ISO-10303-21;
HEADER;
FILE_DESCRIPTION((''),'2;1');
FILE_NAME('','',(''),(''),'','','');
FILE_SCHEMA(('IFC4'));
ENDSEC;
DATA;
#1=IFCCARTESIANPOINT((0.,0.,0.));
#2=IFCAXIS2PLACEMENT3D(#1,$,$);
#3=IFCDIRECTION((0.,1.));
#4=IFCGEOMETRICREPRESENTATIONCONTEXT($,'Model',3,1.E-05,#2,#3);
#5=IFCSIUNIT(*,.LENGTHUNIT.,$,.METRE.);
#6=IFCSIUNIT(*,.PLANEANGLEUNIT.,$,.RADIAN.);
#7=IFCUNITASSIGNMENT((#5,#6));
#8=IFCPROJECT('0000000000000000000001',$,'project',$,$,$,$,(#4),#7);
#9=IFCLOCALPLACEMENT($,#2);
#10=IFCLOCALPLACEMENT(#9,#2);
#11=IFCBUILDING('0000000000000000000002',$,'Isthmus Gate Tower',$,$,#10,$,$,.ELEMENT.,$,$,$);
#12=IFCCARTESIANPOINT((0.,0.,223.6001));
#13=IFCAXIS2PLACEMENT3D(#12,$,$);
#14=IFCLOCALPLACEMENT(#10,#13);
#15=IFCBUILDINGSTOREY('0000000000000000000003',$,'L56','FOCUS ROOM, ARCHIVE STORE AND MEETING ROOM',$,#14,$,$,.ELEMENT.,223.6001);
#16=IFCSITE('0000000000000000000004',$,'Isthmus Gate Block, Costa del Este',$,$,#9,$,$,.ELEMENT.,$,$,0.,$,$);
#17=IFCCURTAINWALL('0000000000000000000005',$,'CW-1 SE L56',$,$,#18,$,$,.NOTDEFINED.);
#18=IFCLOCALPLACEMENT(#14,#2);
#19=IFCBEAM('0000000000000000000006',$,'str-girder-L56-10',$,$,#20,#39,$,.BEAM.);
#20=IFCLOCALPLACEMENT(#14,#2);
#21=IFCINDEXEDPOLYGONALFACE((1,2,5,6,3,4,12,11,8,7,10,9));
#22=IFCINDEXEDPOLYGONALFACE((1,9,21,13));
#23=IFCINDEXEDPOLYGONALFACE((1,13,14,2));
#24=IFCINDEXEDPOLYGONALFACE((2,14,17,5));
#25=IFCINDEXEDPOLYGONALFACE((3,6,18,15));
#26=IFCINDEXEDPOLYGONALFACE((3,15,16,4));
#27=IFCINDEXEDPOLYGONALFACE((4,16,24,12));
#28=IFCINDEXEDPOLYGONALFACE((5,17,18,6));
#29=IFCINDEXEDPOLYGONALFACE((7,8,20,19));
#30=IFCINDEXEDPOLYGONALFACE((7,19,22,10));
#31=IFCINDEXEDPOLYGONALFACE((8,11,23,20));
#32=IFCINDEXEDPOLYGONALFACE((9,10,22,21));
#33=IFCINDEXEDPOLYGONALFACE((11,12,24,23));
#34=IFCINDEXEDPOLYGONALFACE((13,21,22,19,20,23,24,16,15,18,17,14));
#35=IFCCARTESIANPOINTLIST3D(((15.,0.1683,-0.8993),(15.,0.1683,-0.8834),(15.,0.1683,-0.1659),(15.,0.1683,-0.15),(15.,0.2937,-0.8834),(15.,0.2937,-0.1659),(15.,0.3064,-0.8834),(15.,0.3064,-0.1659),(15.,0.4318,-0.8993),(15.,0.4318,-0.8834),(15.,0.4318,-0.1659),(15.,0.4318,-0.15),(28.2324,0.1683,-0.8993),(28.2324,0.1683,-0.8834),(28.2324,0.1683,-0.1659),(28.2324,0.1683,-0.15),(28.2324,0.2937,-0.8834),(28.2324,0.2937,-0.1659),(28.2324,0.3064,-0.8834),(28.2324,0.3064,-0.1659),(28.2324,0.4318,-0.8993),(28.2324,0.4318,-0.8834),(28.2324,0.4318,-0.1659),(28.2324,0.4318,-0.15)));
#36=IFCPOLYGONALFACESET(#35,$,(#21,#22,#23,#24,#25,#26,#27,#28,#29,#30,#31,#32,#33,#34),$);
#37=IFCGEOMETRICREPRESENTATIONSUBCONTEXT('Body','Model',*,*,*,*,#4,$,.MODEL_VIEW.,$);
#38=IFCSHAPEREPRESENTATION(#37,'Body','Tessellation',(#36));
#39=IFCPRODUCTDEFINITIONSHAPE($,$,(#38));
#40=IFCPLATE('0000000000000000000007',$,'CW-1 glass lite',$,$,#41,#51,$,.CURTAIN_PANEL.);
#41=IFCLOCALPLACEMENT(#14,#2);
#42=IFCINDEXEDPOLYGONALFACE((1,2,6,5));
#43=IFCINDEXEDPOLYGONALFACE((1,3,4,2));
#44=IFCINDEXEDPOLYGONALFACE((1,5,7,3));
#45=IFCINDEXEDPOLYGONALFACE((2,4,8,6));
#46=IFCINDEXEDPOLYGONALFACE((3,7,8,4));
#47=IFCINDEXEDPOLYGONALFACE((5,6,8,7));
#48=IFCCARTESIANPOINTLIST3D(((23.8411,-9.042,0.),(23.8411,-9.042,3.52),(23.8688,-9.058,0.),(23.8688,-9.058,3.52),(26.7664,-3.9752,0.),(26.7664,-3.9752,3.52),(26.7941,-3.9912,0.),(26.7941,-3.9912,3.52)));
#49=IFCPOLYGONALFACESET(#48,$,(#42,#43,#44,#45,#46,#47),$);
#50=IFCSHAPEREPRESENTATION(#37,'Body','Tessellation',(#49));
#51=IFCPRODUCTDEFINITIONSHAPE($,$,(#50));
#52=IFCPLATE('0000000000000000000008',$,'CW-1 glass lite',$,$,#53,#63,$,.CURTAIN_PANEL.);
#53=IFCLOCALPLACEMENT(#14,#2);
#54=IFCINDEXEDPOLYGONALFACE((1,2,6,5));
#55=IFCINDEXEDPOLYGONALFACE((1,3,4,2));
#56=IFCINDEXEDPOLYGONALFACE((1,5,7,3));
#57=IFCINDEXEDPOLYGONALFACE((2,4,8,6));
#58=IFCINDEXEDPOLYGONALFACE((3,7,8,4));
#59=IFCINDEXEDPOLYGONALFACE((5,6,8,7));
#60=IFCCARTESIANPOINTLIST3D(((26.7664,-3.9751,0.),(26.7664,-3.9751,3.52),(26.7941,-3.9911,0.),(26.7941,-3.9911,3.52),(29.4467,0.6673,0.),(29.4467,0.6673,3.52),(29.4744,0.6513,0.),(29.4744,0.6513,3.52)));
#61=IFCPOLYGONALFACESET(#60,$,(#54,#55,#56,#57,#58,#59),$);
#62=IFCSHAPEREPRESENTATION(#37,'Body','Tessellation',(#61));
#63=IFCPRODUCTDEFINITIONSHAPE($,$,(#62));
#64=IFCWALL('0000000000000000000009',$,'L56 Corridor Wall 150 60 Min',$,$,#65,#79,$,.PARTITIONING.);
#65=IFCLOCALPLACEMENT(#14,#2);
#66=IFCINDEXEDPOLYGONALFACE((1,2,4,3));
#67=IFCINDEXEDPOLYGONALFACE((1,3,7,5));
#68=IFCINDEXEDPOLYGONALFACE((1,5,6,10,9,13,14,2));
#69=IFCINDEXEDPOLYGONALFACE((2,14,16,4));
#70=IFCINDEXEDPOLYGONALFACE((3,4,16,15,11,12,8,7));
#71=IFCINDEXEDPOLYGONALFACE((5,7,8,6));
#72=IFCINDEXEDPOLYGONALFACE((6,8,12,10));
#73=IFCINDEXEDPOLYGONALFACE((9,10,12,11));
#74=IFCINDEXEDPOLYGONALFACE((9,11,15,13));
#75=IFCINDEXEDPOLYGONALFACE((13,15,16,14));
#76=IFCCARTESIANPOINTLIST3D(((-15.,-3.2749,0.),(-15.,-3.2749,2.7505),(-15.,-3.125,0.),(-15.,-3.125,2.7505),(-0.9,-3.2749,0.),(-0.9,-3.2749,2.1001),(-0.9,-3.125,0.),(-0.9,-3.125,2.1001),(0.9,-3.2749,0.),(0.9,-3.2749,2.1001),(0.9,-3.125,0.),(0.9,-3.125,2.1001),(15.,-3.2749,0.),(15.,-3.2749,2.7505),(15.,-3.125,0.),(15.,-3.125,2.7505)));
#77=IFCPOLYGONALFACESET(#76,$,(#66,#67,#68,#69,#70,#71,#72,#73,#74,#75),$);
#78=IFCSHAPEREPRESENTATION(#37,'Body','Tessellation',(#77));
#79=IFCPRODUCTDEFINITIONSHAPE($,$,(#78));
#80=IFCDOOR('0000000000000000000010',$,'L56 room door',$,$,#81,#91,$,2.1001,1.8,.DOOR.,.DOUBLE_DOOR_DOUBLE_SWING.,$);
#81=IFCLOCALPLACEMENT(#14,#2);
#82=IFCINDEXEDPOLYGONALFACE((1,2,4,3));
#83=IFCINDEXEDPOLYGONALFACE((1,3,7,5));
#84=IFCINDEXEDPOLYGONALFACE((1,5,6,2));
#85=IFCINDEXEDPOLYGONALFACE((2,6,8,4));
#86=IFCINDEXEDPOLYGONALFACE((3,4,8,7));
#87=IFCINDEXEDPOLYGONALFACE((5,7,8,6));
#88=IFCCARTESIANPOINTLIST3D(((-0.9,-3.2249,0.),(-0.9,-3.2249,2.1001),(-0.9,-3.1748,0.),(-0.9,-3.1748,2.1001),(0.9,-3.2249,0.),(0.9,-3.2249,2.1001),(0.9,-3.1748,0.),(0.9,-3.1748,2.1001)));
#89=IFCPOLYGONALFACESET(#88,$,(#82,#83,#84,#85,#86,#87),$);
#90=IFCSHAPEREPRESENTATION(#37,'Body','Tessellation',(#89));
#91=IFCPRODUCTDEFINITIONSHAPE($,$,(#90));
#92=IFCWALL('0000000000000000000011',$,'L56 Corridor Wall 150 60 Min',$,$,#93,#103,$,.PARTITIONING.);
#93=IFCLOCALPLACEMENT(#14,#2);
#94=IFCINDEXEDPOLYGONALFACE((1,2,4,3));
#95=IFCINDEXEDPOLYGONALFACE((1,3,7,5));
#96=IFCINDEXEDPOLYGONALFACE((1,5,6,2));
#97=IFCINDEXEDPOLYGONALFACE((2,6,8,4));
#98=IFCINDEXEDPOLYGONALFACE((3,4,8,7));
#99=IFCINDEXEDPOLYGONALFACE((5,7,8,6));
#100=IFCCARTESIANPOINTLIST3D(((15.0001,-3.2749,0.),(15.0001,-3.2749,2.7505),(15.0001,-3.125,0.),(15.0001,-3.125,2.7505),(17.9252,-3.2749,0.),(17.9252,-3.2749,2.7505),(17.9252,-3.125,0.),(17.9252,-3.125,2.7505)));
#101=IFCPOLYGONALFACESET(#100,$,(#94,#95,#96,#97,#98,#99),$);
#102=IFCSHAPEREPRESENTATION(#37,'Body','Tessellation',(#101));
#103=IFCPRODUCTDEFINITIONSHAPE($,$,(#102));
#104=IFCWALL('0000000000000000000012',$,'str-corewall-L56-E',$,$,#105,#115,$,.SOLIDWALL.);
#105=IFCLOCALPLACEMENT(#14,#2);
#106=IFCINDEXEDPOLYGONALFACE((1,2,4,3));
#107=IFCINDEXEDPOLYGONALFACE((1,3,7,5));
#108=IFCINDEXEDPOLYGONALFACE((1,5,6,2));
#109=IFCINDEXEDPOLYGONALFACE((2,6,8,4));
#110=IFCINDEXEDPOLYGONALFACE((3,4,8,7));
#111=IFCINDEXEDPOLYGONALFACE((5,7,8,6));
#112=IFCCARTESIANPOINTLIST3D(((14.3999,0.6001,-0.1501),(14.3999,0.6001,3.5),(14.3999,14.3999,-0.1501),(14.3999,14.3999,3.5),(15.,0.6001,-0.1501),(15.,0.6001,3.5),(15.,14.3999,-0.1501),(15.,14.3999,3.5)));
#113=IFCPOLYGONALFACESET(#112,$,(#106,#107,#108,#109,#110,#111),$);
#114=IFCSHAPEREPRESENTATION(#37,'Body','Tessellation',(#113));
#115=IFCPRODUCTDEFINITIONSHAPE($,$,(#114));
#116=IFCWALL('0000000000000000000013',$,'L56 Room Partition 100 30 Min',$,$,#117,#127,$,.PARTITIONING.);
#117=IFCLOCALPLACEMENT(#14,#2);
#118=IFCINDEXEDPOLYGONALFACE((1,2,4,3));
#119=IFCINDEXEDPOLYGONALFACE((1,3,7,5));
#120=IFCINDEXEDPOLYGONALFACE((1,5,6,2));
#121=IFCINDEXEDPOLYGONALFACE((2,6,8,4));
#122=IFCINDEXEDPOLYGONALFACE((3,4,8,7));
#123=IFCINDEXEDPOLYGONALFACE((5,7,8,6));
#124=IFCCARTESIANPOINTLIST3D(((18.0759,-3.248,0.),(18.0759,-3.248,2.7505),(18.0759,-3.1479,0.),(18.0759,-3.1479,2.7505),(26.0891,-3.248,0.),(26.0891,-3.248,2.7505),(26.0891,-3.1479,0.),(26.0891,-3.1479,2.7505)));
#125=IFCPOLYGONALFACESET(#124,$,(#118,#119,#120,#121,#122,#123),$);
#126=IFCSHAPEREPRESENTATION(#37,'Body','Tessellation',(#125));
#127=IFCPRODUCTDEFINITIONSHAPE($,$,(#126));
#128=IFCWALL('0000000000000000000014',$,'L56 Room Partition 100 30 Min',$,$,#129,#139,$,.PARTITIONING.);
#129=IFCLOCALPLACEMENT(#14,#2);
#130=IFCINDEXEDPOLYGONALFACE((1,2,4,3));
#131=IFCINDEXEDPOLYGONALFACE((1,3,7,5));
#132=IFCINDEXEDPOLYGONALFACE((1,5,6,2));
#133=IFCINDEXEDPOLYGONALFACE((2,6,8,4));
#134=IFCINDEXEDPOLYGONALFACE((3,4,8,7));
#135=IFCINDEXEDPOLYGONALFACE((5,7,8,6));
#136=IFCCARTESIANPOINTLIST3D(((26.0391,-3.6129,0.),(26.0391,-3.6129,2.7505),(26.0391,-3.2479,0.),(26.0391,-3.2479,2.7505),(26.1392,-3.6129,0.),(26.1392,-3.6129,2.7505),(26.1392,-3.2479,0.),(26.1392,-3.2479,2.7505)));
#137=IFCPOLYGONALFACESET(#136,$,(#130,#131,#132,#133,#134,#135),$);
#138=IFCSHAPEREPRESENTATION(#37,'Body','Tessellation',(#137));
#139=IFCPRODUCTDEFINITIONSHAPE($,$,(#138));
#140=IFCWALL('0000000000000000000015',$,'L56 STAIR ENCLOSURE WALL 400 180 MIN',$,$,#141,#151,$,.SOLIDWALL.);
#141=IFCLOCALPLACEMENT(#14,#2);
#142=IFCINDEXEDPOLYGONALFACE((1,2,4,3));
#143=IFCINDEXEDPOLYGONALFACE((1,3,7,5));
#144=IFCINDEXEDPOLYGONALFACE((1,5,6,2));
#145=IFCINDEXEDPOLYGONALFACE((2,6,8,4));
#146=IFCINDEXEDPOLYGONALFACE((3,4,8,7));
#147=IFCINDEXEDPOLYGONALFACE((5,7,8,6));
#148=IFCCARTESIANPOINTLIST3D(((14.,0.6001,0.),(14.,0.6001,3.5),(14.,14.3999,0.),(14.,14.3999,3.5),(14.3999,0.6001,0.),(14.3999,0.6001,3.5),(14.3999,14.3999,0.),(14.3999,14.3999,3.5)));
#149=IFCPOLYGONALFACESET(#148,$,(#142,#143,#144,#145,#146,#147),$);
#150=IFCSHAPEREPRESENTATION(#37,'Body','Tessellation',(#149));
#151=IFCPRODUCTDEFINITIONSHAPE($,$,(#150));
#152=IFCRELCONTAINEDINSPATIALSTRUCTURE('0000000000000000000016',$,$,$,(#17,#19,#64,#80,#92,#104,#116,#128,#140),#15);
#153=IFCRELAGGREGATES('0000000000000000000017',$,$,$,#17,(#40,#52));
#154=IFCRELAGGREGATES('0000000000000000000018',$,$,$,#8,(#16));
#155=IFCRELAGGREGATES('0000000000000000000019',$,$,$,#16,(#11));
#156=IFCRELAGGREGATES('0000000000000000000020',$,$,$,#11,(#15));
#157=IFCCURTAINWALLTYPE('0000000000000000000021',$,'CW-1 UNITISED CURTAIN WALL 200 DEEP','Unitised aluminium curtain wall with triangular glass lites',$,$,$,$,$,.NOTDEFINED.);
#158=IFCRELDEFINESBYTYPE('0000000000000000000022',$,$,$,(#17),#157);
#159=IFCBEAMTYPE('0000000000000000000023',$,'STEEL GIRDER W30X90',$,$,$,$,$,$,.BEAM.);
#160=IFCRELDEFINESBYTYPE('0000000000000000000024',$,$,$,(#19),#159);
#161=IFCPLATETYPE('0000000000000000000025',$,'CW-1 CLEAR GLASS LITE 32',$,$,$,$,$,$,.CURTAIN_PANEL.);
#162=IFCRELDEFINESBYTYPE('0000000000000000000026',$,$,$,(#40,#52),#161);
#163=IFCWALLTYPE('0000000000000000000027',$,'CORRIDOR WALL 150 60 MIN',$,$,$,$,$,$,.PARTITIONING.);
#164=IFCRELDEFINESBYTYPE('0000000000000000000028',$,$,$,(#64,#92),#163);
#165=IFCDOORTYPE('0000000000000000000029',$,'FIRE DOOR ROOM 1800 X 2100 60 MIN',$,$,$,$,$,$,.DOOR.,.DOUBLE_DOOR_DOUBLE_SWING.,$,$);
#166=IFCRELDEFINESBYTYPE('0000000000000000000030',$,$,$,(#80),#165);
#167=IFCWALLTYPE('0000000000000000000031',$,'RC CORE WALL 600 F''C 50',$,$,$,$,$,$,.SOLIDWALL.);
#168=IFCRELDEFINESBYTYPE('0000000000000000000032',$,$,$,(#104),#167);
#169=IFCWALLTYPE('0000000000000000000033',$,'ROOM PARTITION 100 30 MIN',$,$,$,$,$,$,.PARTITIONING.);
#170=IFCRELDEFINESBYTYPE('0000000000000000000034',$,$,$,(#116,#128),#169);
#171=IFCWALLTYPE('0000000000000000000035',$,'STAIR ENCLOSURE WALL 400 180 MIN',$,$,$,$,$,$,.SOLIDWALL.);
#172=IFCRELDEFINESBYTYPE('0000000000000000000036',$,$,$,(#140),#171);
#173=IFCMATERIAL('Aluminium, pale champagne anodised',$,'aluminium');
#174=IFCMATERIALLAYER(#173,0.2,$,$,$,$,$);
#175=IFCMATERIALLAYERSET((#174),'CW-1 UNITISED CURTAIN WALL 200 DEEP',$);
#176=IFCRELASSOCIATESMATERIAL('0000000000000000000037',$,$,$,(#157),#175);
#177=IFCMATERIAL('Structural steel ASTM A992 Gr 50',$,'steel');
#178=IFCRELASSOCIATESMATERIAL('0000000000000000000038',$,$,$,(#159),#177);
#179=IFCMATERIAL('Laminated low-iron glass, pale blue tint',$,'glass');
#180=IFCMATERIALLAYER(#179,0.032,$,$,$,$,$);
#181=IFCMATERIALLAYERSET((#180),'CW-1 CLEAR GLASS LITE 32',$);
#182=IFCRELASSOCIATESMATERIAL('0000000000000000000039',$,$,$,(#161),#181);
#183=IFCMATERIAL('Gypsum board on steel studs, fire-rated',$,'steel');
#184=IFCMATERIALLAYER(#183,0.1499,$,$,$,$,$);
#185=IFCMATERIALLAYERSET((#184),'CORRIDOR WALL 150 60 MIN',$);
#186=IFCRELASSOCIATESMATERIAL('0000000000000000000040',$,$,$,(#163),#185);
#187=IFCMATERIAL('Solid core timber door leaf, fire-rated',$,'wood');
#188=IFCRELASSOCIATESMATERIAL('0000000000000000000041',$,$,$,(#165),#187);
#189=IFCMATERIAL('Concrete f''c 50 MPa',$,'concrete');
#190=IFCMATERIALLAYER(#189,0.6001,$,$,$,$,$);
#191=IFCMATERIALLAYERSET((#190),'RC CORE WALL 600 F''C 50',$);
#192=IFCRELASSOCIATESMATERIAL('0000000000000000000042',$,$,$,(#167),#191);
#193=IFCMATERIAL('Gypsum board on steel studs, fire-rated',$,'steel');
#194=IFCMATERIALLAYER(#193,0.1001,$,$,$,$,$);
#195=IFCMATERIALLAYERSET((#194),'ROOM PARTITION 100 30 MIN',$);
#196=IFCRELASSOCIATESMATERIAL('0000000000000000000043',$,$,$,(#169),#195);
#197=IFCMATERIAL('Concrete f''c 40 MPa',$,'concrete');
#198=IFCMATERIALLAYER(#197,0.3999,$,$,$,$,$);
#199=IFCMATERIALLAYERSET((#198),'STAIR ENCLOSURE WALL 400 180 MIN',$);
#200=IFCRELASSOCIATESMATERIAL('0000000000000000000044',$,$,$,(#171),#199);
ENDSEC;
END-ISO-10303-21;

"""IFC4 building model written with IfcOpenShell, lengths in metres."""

from ifc_helpers import new_model, si_unit, direction, frame, frame_2d, origin, origin_2d, place, context, subcontext, project, spatial, rectangle, i_section, extrude, material, layer, layer_set, material_profile, profile_set, type_object, element, fill, aggregate, save


model = new_model("IFC4")

# Units and contexts
model_context = context("Model", 3, precision=1e-05, world=origin(), true_north=direction((0.0, 1.0)))
body_context = subcontext(model_context, "Body", "Model", "MODEL_VIEW")
ifc_project = project(units=[si_unit("LENGTHUNIT", "METRE"), si_unit("PLANEANGLEUNIT", "RADIAN")], contexts=[model_context])

# Site, building, storey
site_placement = place(None, origin())
site = spatial("IfcSite", under=ifc_project, at=site_placement, Name="Isthmus Gate Block, Costa del Este", CompositionType="ELEMENT", RefElevation=0.0)
building_placement = place(site_placement, origin())
building = spatial("IfcBuilding", under=site, at=building_placement, Name="Isthmus Gate Tower", CompositionType="ELEMENT")
storey_placement = place(building_placement, frame((0.0, 0.0, 223.6001)))
storey = spatial("IfcBuildingStorey", under=building, at=storey_placement, Name="L56", Description="FOCUS ROOM, ARCHIVE STORE AND MEETING ROOM", CompositionType="ELEMENT", Elevation=223.6001)

# Shared definitions
ifc_material_1 = material(Name="Aluminium, pale champagne anodised", Category="aluminium")
ifc_layer_1 = layer(ifc_material_1, 0.2)
ifc_layer_set_1 = layer_set([ifc_layer_1], Name="CW-1 UNITISED CURTAIN WALL 200 DEEP")
curtain_wall_type = type_object("IfcCurtainWallType", Name="CW-1 UNITISED CURTAIN WALL 200 DEEP", Description="Unitised aluminium curtain wall with triangular glass lites", PredefinedType="NOTDEFINED", material=ifc_layer_set_1)

# Curtain wall
curtain_wall_1_placement = place(storey_placement, origin())
curtain_wall_1 = element("IfcCurtainWall", 1, at=curtain_wall_1_placement, inside=storey, type_object=curtain_wall_type, Name="CW-1 SE L56", PredefinedType="NOTDEFINED")

# Beam
ifc_material_2 = material(Name="Structural steel ASTM A992 Gr 50", Category="steel")
ifc_material_profile_1 = material_profile(ifc_material_2, i_section(OverallWidth=0.2634, OverallDepth=0.7493, WebThickness=0.0127, FlangeThickness=0.0159, at=origin_2d()), Name="W30X90")
ifc_profile_set_1 = profile_set([ifc_material_profile_1], Name="Structural steel ASTM A992 Gr 50")
beam_type_1 = type_object("IfcBeamType", Name="STEEL GIRDER W30X90", PredefinedType="BEAM", material=ifc_profile_set_1)
beam_1_placement = place(storey_placement, frame((15.0, 0.3, -0.5247), z_axis=(1.0, 0.0, 0.0), x_axis=(0.0, 1.0, 0.0)))
element("IfcBeam", 2, at=beam_1_placement, inside=storey, type_object=beam_type_1, Name="str-girder-L56-10", PredefinedType="BEAM", context=body_context, shape_type="SweptSolid", body=[
    extrude(i_section(OverallWidth=0.2634, OverallDepth=0.7493, WebThickness=0.0127, FlangeThickness=0.0159, at=origin_2d()), origin(), (0.0, 0.0, 1.0), 13.2324),
])

# Plates
ifc_material_3 = material(Name="Laminated low-iron glass, pale blue tint", Category="glass")
ifc_layer_2 = layer(ifc_material_3, 0.032)
ifc_layer_set_2 = layer_set([ifc_layer_2], Name="CW-1 CLEAR GLASS LITE 32")
plate_type = type_object("IfcPlateType", Name="CW-1 CLEAR GLASS LITE 32", PredefinedType="CURTAIN_PANEL", material=ifc_layer_set_2)
plate_1_placement = place(storey_placement, frame((25.3176, -6.5166, 0.0), z_axis=(0.0, 0.0, 1.0), x_axis=(0.5, 0.866025, 0.0)))
plate_1 = element("IfcPlate", 3, at=plate_1_placement, type_object=plate_type, Name="CW-1 glass lite", PredefinedType="CURTAIN_PANEL", context=body_context, shape_type="SweptSolid", body=[
    extrude(rectangle(XDim=5.8506, YDim=0.032, at=origin_2d()), origin(), (0.0, 0.0, 1.0), 3.52),
])
plate_2_placement = place(storey_placement, frame((28.1204, -1.6619, 0.0), z_axis=(0.0, 0.0, 1.0), x_axis=(0.5, 0.866025, 0.0)))
plate_2 = element("IfcPlate", 4, at=plate_2_placement, type_object=plate_type, Name="CW-1 glass lite", PredefinedType="CURTAIN_PANEL", context=body_context, shape_type="SweptSolid", body=[
    extrude(rectangle(XDim=5.3606, YDim=0.032, at=origin_2d()), origin(), (0.0, 0.0, 1.0), 3.52),
])
aggregate(curtain_wall_1, [plate_1, plate_2])

# Wall, opening, door
ifc_material_4 = material(Name="Gypsum board on steel studs, fire-rated", Category="steel")
ifc_layer_3 = layer(ifc_material_4, 0.1499)
ifc_layer_set_3 = layer_set([ifc_layer_3], Name="CORRIDOR WALL 150 60 MIN")
wall_type_1 = type_object("IfcWallType", Name="CORRIDOR WALL 150 60 MIN", PredefinedType="PARTITIONING", material=ifc_layer_set_3)
wall_1_placement = place(storey_placement, frame((15.0, -3.2, 0.0), z_axis=(0.0, 0.0, 1.0), x_axis=(-1.0, 0.0, 0.0)))
wall_1 = element("IfcWall", 5, at=wall_1_placement, inside=storey, type_object=wall_type_1, Name="L56 Corridor Wall 150 60 Min", PredefinedType="PARTITIONING", context=body_context, shape_type="SweptSolid", body=[
    extrude(rectangle(XDim=30.0, YDim=0.1499, at=frame_2d((15.0, 0.0))), origin(), (0.0, 0.0, 1.0), 2.7505),
])
opening_placement = place(wall_1_placement, frame((14.1001, 0.0, 0.0)))
opening = element("IfcOpeningElement", 6, at=opening_placement, cuts=wall_1, PredefinedType="OPENING", context=body_context, shape_type="SweptSolid", body=[
    extrude(rectangle(XDim=1.8, YDim=2.1001, at=frame_2d((0.8999, 1.05))), frame((0.0, 0.085, 0.0), z_axis=(0.0, -1.0, 0.0), x_axis=(1.0, 0.0, 0.0)), (0.0, 0.0, 1.0), 0.1699),
])
ifc_material_5 = material(Name="Solid core timber door leaf, fire-rated", Category="wood")
door_type = type_object("IfcDoorType", Name="FIRE DOOR ROOM 1800 X 2100 60 MIN", OperationType="DOUBLE_DOOR_DOUBLE_SWING", PredefinedType="DOOR", material=ifc_material_5)
door_placement = place(opening_placement, origin())
door = element("IfcDoor", 7, at=door_placement, inside=storey, type_object=door_type, Name="L56 room door", OperationType="DOUBLE_DOOR_DOUBLE_SWING", OverallHeight=2.1001, OverallWidth=1.8, PredefinedType="DOOR", context=body_context, shape_type="SweptSolid", body=[
    extrude(rectangle(XDim=1.8, YDim=2.1001, at=frame_2d((0.8999, 1.05))), frame((0.0, 0.0249, 0.0), z_axis=(0.0, -1.0, 0.0), x_axis=(1.0, 0.0, 0.0)), (0.0, 0.0, 1.0), 0.05),
])
fill(opening, door)

# Walls
wall_2_placement = place(storey_placement, frame((17.925, -3.2, 0.0), z_axis=(0.0, 0.0, 1.0), x_axis=(-1.0, 0.0, 0.0)))
element("IfcWall", 8, at=wall_2_placement, inside=storey, type_object=wall_type_1, Name="L56 Corridor Wall 150 60 Min", PredefinedType="PARTITIONING", context=body_context, shape_type="SweptSolid", body=[
    extrude(rectangle(XDim=2.925, YDim=0.1499, at=frame_2d((1.4624, 0.0))), origin(), (0.0, 0.0, 1.0), 2.7505),
])
ifc_material_6 = material(Name="Concrete f'c 50 MPa", Category="concrete")
ifc_layer_4 = layer(ifc_material_6, 0.6001)
ifc_layer_set_4 = layer_set([ifc_layer_4], Name="RC CORE WALL 600 F'C 50")
wall_type_2 = type_object("IfcWallType", Name="RC CORE WALL 600 F'C 50", PredefinedType="SOLIDWALL", material=ifc_layer_set_4)
wall_3_placement = place(storey_placement, frame((14.7, 0.6001, -0.1501), z_axis=(0.0, 0.0, 1.0), x_axis=(0.0, 1.0, 0.0)))
element("IfcWall", 9, at=wall_3_placement, inside=storey, type_object=wall_type_2, Name="str-corewall-L56-E", PredefinedType="SOLIDWALL", context=body_context, shape_type="SweptSolid", body=[
    extrude(rectangle(XDim=13.7998, YDim=0.6001, at=frame_2d((6.8999, 0.0))), origin(), (0.0, 0.0, 1.0), 3.6501),
])
ifc_material_7 = material(Name="Gypsum board on steel studs, fire-rated", Category="steel")
ifc_layer_5 = layer(ifc_material_7, 0.1001)
ifc_layer_set_5 = layer_set([ifc_layer_5], Name="ROOM PARTITION 100 30 MIN")
wall_type_3 = type_object("IfcWallType", Name="ROOM PARTITION 100 30 MIN", PredefinedType="PARTITIONING", material=ifc_layer_set_5)
wall_4_placement = place(storey_placement, frame((18.0759, -3.198, 0.0), z_axis=(0.0, 0.0, 1.0), x_axis=(1.0, 0.0, 0.0)))
element("IfcWall", 10, at=wall_4_placement, inside=storey, type_object=wall_type_3, Name="L56 Room Partition 100 30 Min", PredefinedType="PARTITIONING", context=body_context, shape_type="SweptSolid", body=[
    extrude(rectangle(XDim=8.0132, YDim=0.1001, at=frame_2d((4.0066, 0.0))), origin(), (0.0, 0.0, 1.0), 2.7505),
])
wall_5_placement = place(storey_placement, frame((26.0891, -3.613, 0.0), z_axis=(0.0, 0.0, 1.0), x_axis=(0.0, 1.0, 0.0)))
element("IfcWall", 11, at=wall_5_placement, inside=storey, type_object=wall_type_3, Name="L56 Room Partition 100 30 Min", PredefinedType="PARTITIONING", context=body_context, shape_type="SweptSolid", body=[
    extrude(rectangle(XDim=0.365, YDim=0.1001, at=frame_2d((0.1826, 0.0))), origin(), (0.0, 0.0, 1.0), 2.7505),
])
ifc_material_8 = material(Name="Concrete f'c 40 MPa", Category="concrete")
ifc_layer_6 = layer(ifc_material_8, 0.3999)
ifc_layer_set_6 = layer_set([ifc_layer_6], Name="STAIR ENCLOSURE WALL 400 180 MIN")
wall_type_4 = type_object("IfcWallType", Name="STAIR ENCLOSURE WALL 400 180 MIN", PredefinedType="SOLIDWALL", material=ifc_layer_set_6)
wall_6_placement = place(storey_placement, frame((14.2, 0.6001, 0.0), z_axis=(0.0, 0.0, 1.0), x_axis=(0.0, 1.0, 0.0)))
element("IfcWall", 12, at=wall_6_placement, inside=storey, type_object=wall_type_4, Name="L56 STAIR ENCLOSURE WALL 400 180 MIN", PredefinedType="SOLIDWALL", context=body_context, shape_type="SweptSolid", body=[
    extrude(rectangle(XDim=13.7998, YDim=0.3999, at=frame_2d((6.8999, 0.0))), origin(), (0.0, 0.0, 1.0), 3.5),
])

save(model, "model.ifc")
